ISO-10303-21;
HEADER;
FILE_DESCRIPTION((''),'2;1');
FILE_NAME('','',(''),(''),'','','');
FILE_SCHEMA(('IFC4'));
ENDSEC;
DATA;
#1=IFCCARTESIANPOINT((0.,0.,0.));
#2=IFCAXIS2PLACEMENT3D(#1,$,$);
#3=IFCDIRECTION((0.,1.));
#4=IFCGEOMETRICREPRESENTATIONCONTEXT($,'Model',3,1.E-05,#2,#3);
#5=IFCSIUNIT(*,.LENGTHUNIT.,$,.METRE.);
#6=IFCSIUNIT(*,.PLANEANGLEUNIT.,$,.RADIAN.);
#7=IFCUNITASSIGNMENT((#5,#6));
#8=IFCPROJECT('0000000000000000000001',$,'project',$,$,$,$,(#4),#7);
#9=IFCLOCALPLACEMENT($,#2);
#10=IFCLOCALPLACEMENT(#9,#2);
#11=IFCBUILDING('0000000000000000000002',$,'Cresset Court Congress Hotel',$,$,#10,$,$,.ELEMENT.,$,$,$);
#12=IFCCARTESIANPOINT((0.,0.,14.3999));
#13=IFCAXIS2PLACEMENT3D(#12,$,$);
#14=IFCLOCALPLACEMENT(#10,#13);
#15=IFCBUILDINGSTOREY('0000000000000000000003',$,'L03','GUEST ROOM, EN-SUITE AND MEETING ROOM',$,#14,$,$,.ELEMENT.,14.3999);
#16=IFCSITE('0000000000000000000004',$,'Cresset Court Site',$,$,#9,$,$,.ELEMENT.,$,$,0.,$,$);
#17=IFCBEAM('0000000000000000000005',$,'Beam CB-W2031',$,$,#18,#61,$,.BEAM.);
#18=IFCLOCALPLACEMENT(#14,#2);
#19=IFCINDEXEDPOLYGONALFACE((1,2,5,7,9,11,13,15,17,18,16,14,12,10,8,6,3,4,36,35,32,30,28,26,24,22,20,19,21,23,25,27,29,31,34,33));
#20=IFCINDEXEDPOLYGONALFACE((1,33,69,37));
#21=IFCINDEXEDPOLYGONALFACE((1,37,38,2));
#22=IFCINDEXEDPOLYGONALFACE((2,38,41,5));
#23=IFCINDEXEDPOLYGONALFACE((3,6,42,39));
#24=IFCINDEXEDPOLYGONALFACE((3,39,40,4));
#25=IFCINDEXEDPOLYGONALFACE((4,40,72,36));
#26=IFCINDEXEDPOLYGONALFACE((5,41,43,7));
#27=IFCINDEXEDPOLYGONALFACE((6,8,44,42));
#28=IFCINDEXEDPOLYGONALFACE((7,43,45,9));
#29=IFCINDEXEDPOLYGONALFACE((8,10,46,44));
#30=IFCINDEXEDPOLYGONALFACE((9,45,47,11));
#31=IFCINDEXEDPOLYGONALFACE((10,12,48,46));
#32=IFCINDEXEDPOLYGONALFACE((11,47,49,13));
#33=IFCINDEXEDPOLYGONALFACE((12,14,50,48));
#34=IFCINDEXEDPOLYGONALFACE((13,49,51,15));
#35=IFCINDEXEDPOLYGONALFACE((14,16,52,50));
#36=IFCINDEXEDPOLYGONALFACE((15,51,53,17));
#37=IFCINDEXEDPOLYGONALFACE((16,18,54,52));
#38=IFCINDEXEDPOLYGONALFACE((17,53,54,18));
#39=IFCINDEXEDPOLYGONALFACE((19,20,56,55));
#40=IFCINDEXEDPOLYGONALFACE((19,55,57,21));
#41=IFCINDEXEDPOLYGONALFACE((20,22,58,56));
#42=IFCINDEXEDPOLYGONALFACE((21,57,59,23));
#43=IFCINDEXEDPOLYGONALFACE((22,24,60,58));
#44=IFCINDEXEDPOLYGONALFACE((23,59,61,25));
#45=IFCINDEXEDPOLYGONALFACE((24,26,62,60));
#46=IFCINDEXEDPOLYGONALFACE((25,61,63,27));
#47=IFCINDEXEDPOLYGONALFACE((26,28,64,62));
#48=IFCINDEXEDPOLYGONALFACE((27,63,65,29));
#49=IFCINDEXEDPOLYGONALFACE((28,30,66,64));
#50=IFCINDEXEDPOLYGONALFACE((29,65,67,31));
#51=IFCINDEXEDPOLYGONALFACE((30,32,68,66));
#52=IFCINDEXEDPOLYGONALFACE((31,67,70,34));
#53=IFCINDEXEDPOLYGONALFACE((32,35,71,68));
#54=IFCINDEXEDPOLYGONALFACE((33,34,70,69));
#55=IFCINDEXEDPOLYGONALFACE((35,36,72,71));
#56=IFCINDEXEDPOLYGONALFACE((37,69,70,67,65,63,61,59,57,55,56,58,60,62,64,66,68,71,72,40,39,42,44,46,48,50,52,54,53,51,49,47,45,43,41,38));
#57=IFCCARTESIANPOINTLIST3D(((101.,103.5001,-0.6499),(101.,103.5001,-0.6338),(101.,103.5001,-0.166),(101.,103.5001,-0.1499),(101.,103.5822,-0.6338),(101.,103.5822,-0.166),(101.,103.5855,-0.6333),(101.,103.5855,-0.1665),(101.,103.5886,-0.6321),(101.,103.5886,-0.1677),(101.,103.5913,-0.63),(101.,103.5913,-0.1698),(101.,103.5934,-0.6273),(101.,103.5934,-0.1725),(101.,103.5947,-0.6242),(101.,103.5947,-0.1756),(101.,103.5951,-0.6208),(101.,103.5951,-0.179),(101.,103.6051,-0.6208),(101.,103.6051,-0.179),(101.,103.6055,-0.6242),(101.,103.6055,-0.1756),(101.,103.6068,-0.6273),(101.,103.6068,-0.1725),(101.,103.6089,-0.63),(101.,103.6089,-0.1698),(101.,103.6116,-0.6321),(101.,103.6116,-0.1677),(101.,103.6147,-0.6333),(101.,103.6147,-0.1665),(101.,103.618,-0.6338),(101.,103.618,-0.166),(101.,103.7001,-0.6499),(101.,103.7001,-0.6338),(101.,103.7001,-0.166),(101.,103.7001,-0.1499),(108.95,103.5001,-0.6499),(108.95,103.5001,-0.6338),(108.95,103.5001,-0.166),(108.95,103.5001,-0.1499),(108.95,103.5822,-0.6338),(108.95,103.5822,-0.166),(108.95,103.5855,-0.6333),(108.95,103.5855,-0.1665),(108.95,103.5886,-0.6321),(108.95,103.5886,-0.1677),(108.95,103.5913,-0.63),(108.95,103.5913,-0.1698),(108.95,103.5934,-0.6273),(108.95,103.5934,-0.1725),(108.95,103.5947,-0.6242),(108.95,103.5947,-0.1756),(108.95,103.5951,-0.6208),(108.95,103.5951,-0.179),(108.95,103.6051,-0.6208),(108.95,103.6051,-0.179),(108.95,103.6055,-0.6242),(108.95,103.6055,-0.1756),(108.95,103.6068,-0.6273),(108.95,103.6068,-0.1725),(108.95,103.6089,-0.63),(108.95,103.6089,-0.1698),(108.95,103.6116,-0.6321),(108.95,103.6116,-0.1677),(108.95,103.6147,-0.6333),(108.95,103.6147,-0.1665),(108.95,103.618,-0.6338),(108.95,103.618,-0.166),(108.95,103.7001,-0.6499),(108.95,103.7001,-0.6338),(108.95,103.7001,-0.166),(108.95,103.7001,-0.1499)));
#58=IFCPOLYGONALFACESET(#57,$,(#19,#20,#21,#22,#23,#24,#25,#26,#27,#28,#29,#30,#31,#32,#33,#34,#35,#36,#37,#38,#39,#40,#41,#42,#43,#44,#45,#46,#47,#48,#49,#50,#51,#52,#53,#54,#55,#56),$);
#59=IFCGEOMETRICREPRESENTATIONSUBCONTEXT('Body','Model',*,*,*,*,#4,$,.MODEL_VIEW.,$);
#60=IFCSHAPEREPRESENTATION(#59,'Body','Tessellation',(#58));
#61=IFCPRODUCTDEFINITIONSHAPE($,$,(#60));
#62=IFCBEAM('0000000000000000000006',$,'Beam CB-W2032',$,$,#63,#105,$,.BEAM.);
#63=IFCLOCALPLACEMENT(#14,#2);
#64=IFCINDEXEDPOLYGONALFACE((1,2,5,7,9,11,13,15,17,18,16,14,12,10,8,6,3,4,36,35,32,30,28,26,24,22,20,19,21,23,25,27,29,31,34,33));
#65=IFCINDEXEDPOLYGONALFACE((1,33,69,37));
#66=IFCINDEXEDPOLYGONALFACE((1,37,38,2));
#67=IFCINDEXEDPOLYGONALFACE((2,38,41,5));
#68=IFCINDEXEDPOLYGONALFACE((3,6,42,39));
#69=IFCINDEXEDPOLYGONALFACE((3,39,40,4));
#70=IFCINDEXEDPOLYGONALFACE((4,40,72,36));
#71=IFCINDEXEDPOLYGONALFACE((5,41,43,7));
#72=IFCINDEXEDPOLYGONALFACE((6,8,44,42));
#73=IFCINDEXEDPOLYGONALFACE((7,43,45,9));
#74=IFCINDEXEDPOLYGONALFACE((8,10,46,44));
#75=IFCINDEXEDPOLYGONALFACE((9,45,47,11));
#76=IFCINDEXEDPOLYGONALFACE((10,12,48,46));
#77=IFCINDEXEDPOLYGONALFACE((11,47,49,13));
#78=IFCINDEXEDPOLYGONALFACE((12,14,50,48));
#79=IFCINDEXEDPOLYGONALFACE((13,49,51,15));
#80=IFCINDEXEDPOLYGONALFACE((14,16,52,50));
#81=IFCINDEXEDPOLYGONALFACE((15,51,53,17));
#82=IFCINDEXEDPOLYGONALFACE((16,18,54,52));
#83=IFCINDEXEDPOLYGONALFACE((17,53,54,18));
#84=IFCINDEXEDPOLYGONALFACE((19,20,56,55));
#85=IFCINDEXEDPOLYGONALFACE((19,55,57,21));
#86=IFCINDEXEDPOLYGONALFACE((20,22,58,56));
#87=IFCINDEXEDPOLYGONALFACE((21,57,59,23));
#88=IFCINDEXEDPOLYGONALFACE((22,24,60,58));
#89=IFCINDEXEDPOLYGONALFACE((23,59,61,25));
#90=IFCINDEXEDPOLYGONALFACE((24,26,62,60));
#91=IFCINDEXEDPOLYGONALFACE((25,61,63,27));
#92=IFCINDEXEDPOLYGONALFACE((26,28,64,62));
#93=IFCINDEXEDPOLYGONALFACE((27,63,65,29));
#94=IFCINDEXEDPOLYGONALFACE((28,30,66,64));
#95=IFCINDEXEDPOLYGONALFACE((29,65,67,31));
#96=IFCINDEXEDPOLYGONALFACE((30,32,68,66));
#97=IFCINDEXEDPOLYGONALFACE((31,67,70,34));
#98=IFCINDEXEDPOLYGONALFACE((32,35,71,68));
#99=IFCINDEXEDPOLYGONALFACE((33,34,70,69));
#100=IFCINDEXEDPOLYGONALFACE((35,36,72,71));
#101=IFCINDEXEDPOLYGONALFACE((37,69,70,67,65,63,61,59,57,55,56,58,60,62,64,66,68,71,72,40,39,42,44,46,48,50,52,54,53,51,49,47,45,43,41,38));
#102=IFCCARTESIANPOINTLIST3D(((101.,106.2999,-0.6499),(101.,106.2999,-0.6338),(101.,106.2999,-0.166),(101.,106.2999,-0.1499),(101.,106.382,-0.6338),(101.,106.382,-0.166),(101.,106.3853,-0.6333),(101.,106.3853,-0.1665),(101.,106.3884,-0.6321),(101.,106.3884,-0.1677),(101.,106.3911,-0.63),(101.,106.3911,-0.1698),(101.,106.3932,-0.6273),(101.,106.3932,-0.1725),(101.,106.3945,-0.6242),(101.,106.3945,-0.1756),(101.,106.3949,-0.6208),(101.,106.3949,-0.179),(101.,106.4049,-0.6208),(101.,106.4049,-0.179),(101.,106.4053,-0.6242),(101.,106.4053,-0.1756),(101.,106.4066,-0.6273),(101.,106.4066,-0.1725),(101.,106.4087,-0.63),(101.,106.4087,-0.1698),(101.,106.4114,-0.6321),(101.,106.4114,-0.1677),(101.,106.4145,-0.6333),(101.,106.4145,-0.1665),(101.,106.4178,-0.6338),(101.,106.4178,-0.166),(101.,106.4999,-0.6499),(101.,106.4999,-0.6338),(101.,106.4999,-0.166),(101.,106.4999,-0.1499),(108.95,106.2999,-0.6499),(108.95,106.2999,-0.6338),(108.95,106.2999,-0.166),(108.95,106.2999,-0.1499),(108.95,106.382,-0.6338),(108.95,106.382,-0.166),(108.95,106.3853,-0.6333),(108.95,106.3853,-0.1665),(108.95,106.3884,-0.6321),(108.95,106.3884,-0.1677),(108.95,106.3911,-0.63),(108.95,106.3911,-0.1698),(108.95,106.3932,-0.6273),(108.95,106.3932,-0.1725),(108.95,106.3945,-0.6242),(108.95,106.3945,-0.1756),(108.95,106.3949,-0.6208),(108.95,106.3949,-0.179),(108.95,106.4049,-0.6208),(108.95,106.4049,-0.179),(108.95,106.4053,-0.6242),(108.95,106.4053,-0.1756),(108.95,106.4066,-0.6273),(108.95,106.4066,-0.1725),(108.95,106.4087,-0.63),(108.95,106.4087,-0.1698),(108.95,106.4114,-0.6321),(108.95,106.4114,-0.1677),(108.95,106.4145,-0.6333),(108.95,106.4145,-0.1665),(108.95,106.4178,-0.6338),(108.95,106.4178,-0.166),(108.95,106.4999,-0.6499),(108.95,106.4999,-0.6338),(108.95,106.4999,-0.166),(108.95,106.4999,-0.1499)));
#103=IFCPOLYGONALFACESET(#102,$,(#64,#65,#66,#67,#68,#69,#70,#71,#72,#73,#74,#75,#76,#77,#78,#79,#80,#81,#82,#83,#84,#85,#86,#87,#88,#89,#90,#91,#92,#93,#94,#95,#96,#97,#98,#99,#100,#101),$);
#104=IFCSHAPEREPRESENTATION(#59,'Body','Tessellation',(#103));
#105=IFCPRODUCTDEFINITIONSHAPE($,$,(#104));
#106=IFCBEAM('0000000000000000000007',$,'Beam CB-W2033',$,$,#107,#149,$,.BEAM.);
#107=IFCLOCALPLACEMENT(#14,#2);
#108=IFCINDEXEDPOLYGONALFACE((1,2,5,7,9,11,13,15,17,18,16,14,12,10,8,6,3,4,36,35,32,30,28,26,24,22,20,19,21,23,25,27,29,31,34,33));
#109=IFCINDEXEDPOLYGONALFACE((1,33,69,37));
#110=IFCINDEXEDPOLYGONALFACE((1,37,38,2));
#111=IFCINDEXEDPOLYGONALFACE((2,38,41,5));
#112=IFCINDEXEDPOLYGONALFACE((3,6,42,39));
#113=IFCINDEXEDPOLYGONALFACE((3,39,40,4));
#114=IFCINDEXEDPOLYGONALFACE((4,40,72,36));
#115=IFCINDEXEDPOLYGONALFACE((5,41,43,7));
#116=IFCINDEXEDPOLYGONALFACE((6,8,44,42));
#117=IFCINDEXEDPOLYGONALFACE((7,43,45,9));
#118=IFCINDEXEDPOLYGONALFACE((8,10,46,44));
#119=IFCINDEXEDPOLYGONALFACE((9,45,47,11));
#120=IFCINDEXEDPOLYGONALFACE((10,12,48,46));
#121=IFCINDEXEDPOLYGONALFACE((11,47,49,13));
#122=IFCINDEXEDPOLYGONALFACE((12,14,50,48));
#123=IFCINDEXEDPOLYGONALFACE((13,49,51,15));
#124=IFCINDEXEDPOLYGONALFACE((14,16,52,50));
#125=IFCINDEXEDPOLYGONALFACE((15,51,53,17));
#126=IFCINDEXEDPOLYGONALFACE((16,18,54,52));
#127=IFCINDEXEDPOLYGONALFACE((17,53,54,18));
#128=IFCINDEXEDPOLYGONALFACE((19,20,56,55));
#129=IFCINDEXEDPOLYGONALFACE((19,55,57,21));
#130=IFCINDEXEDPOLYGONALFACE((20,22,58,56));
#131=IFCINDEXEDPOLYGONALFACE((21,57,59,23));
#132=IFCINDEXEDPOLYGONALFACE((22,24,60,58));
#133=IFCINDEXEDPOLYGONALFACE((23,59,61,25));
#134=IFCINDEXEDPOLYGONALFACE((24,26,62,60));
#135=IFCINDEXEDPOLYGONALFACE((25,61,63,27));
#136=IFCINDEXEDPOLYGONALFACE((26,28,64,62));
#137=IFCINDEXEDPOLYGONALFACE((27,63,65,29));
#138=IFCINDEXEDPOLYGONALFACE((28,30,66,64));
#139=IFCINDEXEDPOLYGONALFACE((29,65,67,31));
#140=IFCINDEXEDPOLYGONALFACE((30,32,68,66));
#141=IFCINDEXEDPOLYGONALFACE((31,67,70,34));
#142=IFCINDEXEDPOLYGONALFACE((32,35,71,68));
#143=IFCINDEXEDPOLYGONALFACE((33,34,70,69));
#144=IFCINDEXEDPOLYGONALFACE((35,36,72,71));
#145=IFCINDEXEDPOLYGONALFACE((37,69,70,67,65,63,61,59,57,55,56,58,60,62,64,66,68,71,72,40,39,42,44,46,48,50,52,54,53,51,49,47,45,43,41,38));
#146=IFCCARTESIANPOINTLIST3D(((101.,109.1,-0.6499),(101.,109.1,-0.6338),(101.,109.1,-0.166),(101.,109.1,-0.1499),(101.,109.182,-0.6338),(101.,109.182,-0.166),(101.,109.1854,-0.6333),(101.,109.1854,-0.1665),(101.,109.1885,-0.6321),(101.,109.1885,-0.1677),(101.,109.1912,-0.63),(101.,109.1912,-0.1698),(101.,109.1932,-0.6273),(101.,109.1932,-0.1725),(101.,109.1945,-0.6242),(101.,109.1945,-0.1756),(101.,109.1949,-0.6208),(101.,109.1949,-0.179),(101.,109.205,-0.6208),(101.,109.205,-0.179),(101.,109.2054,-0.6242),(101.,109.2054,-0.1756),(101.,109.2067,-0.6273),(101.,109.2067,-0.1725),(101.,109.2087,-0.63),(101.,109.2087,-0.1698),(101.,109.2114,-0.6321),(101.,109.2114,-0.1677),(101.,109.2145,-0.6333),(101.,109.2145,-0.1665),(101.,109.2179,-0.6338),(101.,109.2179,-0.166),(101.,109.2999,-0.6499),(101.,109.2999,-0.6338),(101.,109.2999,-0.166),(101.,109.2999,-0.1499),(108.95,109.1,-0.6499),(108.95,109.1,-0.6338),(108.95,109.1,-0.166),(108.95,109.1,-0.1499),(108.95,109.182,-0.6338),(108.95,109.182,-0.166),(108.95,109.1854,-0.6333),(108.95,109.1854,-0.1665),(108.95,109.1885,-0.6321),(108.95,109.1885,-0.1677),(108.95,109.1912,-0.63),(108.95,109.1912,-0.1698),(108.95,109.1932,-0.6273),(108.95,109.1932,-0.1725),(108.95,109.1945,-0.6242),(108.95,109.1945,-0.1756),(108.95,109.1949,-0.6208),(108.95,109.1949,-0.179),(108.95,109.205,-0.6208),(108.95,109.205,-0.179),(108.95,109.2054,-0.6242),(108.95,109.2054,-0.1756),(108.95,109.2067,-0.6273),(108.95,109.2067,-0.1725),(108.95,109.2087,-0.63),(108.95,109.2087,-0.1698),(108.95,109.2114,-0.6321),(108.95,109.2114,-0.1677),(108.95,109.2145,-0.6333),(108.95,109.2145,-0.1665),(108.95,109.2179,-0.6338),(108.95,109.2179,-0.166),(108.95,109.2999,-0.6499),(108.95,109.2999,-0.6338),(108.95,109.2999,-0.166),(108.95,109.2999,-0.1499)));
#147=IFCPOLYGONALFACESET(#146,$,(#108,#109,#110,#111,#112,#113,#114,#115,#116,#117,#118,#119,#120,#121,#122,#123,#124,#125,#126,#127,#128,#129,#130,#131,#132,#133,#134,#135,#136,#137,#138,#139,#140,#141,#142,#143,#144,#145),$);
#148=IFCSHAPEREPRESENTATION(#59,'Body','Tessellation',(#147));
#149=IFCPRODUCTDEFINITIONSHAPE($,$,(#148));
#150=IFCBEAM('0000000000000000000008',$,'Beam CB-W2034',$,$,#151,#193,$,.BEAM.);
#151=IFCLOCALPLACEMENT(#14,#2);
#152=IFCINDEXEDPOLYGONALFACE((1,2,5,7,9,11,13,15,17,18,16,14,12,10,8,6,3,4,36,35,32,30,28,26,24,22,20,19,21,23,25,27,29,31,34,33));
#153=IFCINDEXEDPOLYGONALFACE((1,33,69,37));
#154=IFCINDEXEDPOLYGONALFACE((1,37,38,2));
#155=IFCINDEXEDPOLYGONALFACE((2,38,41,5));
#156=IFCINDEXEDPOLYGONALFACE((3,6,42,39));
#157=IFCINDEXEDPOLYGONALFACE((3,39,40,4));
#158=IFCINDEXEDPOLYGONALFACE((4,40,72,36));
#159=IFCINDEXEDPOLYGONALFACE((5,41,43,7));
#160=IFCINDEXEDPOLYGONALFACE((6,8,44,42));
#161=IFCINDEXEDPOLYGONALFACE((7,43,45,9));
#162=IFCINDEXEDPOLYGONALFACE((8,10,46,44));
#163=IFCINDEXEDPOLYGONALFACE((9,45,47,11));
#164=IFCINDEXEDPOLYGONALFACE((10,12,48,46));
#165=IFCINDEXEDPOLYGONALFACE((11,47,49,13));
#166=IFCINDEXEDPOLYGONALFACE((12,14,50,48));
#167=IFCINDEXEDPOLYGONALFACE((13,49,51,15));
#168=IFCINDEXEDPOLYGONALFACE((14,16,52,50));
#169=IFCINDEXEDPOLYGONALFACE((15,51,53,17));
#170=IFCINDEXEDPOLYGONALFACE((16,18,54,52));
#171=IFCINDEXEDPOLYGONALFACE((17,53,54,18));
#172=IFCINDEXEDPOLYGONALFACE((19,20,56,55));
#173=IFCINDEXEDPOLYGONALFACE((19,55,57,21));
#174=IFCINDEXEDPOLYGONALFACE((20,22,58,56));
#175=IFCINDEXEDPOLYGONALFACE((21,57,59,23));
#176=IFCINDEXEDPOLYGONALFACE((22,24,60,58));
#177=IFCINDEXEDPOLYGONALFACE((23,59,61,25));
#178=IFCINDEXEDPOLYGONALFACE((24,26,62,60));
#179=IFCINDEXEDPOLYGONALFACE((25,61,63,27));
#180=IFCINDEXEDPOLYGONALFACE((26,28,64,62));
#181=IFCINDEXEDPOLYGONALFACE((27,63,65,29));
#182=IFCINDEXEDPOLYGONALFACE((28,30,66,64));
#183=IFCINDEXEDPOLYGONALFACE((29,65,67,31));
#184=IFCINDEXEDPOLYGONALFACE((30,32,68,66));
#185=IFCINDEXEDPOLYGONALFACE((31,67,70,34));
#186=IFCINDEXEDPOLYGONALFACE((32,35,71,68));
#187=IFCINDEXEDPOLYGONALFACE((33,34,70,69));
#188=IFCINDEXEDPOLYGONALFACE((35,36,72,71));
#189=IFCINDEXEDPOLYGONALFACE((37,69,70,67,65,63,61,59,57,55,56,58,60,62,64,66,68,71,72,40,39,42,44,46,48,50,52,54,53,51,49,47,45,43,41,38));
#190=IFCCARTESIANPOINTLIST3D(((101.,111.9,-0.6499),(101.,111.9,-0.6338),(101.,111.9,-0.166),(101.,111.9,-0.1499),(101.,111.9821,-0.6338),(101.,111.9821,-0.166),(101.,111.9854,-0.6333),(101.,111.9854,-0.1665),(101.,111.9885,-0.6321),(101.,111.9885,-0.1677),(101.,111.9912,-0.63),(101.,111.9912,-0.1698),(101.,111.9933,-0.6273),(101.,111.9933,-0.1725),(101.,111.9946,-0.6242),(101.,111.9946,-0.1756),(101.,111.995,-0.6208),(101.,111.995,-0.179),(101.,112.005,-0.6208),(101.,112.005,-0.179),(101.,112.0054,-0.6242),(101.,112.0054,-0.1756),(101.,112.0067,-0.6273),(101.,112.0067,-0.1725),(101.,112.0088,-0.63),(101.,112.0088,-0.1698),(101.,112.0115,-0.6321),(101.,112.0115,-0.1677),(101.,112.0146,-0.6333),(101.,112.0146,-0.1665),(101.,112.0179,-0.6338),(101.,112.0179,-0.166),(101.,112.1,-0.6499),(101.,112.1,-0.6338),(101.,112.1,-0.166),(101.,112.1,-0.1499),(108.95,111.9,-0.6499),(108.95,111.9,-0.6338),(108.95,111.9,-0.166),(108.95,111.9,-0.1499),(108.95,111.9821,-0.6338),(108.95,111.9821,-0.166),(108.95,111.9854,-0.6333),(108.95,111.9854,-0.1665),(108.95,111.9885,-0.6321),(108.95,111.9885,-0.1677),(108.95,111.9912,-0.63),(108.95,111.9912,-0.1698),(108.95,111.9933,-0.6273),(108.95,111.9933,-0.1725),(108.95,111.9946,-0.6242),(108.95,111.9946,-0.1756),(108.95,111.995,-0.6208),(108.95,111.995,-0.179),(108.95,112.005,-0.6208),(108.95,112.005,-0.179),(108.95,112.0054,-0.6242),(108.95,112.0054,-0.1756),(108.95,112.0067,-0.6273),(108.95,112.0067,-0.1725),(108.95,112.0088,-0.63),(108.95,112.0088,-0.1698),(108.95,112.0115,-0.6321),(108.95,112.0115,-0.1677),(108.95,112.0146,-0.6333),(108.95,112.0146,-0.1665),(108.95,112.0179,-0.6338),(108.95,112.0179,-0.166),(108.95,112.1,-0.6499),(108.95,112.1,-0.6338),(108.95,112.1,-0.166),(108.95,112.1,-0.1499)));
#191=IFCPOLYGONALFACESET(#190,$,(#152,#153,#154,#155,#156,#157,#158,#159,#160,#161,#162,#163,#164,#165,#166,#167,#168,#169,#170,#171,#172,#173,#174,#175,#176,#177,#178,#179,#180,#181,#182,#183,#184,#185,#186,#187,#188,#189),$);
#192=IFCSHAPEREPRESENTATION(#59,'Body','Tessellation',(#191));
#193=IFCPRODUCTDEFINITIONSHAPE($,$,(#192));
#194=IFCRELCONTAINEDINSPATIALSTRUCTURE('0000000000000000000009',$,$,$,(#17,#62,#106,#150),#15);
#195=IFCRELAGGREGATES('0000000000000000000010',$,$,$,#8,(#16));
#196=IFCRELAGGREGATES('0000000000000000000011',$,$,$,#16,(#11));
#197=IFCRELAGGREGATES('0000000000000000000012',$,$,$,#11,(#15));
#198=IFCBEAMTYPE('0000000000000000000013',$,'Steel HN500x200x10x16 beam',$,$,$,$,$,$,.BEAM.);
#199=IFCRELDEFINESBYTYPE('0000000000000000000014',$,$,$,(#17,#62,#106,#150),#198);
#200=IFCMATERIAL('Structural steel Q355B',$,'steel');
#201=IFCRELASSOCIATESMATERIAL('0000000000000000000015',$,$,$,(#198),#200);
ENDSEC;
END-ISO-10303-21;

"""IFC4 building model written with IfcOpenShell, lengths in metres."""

from ifc_helpers import new_model, si_unit, direction, frame, origin, origin_2d, place, context, subcontext, project, spatial, i_section, extrude, material, material_profile, profile_set, type_object, element, save


model = new_model("IFC4")

# Units and contexts
model_context = context("Model", 3, precision=1e-05, world=origin(), true_north=direction((0.0, 1.0)))
body_context = subcontext(model_context, "Body", "Model", "MODEL_VIEW")
ifc_project = project(units=[si_unit("LENGTHUNIT", "METRE"), si_unit("PLANEANGLEUNIT", "RADIAN")], contexts=[model_context])

# Site, building, storey
site_placement = place(None, origin())
site = spatial("IfcSite", under=ifc_project, at=site_placement, Name="Cresset Court Site", CompositionType="ELEMENT", RefElevation=0.0)
building_placement = place(site_placement, origin())
building = spatial("IfcBuilding", under=site, at=building_placement, Name="Cresset Court Congress Hotel", CompositionType="ELEMENT")
storey_placement = place(building_placement, frame((0.0, 0.0, 14.3999)))
storey = spatial("IfcBuildingStorey", under=building, at=storey_placement, Name="L03", Description="GUEST ROOM, EN-SUITE AND MEETING ROOM", CompositionType="ELEMENT", Elevation=14.3999)

# Beams
ifc_material_1 = material(Name="Structural steel Q355B", Category="steel")
ifc_material_profile = material_profile(ifc_material_1, i_section(OverallWidth=0.2, OverallDepth=0.5, WebThickness=0.01, FlangeThickness=0.0161, FilletRadius=0.0129, at=origin_2d()), Name="HN500x200x10x16")
ifc_profile_set = profile_set([ifc_material_profile], Name="Structural steel Q355B")
beam_type = type_object("IfcBeamType", Name="Steel HN500x200x10x16 beam", PredefinedType="BEAM", material=ifc_profile_set)
for number, where, z_axis, x_axis, name in (
    (1, (101.0, 103.6001, -0.3999), (1.0, 0.0, 0.0), (0.0, 1.0, 0.0), "Beam CB-W2031"),
    (2, (101.0, 106.3999, -0.3999), (1.0, 0.0, 0.0), (0.0, 1.0, 0.0), "Beam CB-W2032"),
    (3, (101.0, 109.2, -0.3999), (1.0, 0.0, 0.0), (0.0, 1.0, 0.0), "Beam CB-W2033"),
    (4, (101.0, 112.0, -0.3999), (1.0, 0.0, 0.0), (0.0, 1.0, 0.0), "Beam CB-W2034"),
):
    element("IfcBeam", number, at=place(storey_placement, frame(where, z_axis=z_axis, x_axis=x_axis)), inside=storey, type_object=beam_type, Name=name, PredefinedType="BEAM", context=body_context, shape_type="SweptSolid", body=[
        extrude(i_section(OverallWidth=0.2, OverallDepth=0.5, WebThickness=0.01, FlangeThickness=0.0161, FilletRadius=0.0129, at=origin_2d()), origin(), (0.0, 0.0, 1.0), 7.95),
    ])

save(model, "model.ifc")
